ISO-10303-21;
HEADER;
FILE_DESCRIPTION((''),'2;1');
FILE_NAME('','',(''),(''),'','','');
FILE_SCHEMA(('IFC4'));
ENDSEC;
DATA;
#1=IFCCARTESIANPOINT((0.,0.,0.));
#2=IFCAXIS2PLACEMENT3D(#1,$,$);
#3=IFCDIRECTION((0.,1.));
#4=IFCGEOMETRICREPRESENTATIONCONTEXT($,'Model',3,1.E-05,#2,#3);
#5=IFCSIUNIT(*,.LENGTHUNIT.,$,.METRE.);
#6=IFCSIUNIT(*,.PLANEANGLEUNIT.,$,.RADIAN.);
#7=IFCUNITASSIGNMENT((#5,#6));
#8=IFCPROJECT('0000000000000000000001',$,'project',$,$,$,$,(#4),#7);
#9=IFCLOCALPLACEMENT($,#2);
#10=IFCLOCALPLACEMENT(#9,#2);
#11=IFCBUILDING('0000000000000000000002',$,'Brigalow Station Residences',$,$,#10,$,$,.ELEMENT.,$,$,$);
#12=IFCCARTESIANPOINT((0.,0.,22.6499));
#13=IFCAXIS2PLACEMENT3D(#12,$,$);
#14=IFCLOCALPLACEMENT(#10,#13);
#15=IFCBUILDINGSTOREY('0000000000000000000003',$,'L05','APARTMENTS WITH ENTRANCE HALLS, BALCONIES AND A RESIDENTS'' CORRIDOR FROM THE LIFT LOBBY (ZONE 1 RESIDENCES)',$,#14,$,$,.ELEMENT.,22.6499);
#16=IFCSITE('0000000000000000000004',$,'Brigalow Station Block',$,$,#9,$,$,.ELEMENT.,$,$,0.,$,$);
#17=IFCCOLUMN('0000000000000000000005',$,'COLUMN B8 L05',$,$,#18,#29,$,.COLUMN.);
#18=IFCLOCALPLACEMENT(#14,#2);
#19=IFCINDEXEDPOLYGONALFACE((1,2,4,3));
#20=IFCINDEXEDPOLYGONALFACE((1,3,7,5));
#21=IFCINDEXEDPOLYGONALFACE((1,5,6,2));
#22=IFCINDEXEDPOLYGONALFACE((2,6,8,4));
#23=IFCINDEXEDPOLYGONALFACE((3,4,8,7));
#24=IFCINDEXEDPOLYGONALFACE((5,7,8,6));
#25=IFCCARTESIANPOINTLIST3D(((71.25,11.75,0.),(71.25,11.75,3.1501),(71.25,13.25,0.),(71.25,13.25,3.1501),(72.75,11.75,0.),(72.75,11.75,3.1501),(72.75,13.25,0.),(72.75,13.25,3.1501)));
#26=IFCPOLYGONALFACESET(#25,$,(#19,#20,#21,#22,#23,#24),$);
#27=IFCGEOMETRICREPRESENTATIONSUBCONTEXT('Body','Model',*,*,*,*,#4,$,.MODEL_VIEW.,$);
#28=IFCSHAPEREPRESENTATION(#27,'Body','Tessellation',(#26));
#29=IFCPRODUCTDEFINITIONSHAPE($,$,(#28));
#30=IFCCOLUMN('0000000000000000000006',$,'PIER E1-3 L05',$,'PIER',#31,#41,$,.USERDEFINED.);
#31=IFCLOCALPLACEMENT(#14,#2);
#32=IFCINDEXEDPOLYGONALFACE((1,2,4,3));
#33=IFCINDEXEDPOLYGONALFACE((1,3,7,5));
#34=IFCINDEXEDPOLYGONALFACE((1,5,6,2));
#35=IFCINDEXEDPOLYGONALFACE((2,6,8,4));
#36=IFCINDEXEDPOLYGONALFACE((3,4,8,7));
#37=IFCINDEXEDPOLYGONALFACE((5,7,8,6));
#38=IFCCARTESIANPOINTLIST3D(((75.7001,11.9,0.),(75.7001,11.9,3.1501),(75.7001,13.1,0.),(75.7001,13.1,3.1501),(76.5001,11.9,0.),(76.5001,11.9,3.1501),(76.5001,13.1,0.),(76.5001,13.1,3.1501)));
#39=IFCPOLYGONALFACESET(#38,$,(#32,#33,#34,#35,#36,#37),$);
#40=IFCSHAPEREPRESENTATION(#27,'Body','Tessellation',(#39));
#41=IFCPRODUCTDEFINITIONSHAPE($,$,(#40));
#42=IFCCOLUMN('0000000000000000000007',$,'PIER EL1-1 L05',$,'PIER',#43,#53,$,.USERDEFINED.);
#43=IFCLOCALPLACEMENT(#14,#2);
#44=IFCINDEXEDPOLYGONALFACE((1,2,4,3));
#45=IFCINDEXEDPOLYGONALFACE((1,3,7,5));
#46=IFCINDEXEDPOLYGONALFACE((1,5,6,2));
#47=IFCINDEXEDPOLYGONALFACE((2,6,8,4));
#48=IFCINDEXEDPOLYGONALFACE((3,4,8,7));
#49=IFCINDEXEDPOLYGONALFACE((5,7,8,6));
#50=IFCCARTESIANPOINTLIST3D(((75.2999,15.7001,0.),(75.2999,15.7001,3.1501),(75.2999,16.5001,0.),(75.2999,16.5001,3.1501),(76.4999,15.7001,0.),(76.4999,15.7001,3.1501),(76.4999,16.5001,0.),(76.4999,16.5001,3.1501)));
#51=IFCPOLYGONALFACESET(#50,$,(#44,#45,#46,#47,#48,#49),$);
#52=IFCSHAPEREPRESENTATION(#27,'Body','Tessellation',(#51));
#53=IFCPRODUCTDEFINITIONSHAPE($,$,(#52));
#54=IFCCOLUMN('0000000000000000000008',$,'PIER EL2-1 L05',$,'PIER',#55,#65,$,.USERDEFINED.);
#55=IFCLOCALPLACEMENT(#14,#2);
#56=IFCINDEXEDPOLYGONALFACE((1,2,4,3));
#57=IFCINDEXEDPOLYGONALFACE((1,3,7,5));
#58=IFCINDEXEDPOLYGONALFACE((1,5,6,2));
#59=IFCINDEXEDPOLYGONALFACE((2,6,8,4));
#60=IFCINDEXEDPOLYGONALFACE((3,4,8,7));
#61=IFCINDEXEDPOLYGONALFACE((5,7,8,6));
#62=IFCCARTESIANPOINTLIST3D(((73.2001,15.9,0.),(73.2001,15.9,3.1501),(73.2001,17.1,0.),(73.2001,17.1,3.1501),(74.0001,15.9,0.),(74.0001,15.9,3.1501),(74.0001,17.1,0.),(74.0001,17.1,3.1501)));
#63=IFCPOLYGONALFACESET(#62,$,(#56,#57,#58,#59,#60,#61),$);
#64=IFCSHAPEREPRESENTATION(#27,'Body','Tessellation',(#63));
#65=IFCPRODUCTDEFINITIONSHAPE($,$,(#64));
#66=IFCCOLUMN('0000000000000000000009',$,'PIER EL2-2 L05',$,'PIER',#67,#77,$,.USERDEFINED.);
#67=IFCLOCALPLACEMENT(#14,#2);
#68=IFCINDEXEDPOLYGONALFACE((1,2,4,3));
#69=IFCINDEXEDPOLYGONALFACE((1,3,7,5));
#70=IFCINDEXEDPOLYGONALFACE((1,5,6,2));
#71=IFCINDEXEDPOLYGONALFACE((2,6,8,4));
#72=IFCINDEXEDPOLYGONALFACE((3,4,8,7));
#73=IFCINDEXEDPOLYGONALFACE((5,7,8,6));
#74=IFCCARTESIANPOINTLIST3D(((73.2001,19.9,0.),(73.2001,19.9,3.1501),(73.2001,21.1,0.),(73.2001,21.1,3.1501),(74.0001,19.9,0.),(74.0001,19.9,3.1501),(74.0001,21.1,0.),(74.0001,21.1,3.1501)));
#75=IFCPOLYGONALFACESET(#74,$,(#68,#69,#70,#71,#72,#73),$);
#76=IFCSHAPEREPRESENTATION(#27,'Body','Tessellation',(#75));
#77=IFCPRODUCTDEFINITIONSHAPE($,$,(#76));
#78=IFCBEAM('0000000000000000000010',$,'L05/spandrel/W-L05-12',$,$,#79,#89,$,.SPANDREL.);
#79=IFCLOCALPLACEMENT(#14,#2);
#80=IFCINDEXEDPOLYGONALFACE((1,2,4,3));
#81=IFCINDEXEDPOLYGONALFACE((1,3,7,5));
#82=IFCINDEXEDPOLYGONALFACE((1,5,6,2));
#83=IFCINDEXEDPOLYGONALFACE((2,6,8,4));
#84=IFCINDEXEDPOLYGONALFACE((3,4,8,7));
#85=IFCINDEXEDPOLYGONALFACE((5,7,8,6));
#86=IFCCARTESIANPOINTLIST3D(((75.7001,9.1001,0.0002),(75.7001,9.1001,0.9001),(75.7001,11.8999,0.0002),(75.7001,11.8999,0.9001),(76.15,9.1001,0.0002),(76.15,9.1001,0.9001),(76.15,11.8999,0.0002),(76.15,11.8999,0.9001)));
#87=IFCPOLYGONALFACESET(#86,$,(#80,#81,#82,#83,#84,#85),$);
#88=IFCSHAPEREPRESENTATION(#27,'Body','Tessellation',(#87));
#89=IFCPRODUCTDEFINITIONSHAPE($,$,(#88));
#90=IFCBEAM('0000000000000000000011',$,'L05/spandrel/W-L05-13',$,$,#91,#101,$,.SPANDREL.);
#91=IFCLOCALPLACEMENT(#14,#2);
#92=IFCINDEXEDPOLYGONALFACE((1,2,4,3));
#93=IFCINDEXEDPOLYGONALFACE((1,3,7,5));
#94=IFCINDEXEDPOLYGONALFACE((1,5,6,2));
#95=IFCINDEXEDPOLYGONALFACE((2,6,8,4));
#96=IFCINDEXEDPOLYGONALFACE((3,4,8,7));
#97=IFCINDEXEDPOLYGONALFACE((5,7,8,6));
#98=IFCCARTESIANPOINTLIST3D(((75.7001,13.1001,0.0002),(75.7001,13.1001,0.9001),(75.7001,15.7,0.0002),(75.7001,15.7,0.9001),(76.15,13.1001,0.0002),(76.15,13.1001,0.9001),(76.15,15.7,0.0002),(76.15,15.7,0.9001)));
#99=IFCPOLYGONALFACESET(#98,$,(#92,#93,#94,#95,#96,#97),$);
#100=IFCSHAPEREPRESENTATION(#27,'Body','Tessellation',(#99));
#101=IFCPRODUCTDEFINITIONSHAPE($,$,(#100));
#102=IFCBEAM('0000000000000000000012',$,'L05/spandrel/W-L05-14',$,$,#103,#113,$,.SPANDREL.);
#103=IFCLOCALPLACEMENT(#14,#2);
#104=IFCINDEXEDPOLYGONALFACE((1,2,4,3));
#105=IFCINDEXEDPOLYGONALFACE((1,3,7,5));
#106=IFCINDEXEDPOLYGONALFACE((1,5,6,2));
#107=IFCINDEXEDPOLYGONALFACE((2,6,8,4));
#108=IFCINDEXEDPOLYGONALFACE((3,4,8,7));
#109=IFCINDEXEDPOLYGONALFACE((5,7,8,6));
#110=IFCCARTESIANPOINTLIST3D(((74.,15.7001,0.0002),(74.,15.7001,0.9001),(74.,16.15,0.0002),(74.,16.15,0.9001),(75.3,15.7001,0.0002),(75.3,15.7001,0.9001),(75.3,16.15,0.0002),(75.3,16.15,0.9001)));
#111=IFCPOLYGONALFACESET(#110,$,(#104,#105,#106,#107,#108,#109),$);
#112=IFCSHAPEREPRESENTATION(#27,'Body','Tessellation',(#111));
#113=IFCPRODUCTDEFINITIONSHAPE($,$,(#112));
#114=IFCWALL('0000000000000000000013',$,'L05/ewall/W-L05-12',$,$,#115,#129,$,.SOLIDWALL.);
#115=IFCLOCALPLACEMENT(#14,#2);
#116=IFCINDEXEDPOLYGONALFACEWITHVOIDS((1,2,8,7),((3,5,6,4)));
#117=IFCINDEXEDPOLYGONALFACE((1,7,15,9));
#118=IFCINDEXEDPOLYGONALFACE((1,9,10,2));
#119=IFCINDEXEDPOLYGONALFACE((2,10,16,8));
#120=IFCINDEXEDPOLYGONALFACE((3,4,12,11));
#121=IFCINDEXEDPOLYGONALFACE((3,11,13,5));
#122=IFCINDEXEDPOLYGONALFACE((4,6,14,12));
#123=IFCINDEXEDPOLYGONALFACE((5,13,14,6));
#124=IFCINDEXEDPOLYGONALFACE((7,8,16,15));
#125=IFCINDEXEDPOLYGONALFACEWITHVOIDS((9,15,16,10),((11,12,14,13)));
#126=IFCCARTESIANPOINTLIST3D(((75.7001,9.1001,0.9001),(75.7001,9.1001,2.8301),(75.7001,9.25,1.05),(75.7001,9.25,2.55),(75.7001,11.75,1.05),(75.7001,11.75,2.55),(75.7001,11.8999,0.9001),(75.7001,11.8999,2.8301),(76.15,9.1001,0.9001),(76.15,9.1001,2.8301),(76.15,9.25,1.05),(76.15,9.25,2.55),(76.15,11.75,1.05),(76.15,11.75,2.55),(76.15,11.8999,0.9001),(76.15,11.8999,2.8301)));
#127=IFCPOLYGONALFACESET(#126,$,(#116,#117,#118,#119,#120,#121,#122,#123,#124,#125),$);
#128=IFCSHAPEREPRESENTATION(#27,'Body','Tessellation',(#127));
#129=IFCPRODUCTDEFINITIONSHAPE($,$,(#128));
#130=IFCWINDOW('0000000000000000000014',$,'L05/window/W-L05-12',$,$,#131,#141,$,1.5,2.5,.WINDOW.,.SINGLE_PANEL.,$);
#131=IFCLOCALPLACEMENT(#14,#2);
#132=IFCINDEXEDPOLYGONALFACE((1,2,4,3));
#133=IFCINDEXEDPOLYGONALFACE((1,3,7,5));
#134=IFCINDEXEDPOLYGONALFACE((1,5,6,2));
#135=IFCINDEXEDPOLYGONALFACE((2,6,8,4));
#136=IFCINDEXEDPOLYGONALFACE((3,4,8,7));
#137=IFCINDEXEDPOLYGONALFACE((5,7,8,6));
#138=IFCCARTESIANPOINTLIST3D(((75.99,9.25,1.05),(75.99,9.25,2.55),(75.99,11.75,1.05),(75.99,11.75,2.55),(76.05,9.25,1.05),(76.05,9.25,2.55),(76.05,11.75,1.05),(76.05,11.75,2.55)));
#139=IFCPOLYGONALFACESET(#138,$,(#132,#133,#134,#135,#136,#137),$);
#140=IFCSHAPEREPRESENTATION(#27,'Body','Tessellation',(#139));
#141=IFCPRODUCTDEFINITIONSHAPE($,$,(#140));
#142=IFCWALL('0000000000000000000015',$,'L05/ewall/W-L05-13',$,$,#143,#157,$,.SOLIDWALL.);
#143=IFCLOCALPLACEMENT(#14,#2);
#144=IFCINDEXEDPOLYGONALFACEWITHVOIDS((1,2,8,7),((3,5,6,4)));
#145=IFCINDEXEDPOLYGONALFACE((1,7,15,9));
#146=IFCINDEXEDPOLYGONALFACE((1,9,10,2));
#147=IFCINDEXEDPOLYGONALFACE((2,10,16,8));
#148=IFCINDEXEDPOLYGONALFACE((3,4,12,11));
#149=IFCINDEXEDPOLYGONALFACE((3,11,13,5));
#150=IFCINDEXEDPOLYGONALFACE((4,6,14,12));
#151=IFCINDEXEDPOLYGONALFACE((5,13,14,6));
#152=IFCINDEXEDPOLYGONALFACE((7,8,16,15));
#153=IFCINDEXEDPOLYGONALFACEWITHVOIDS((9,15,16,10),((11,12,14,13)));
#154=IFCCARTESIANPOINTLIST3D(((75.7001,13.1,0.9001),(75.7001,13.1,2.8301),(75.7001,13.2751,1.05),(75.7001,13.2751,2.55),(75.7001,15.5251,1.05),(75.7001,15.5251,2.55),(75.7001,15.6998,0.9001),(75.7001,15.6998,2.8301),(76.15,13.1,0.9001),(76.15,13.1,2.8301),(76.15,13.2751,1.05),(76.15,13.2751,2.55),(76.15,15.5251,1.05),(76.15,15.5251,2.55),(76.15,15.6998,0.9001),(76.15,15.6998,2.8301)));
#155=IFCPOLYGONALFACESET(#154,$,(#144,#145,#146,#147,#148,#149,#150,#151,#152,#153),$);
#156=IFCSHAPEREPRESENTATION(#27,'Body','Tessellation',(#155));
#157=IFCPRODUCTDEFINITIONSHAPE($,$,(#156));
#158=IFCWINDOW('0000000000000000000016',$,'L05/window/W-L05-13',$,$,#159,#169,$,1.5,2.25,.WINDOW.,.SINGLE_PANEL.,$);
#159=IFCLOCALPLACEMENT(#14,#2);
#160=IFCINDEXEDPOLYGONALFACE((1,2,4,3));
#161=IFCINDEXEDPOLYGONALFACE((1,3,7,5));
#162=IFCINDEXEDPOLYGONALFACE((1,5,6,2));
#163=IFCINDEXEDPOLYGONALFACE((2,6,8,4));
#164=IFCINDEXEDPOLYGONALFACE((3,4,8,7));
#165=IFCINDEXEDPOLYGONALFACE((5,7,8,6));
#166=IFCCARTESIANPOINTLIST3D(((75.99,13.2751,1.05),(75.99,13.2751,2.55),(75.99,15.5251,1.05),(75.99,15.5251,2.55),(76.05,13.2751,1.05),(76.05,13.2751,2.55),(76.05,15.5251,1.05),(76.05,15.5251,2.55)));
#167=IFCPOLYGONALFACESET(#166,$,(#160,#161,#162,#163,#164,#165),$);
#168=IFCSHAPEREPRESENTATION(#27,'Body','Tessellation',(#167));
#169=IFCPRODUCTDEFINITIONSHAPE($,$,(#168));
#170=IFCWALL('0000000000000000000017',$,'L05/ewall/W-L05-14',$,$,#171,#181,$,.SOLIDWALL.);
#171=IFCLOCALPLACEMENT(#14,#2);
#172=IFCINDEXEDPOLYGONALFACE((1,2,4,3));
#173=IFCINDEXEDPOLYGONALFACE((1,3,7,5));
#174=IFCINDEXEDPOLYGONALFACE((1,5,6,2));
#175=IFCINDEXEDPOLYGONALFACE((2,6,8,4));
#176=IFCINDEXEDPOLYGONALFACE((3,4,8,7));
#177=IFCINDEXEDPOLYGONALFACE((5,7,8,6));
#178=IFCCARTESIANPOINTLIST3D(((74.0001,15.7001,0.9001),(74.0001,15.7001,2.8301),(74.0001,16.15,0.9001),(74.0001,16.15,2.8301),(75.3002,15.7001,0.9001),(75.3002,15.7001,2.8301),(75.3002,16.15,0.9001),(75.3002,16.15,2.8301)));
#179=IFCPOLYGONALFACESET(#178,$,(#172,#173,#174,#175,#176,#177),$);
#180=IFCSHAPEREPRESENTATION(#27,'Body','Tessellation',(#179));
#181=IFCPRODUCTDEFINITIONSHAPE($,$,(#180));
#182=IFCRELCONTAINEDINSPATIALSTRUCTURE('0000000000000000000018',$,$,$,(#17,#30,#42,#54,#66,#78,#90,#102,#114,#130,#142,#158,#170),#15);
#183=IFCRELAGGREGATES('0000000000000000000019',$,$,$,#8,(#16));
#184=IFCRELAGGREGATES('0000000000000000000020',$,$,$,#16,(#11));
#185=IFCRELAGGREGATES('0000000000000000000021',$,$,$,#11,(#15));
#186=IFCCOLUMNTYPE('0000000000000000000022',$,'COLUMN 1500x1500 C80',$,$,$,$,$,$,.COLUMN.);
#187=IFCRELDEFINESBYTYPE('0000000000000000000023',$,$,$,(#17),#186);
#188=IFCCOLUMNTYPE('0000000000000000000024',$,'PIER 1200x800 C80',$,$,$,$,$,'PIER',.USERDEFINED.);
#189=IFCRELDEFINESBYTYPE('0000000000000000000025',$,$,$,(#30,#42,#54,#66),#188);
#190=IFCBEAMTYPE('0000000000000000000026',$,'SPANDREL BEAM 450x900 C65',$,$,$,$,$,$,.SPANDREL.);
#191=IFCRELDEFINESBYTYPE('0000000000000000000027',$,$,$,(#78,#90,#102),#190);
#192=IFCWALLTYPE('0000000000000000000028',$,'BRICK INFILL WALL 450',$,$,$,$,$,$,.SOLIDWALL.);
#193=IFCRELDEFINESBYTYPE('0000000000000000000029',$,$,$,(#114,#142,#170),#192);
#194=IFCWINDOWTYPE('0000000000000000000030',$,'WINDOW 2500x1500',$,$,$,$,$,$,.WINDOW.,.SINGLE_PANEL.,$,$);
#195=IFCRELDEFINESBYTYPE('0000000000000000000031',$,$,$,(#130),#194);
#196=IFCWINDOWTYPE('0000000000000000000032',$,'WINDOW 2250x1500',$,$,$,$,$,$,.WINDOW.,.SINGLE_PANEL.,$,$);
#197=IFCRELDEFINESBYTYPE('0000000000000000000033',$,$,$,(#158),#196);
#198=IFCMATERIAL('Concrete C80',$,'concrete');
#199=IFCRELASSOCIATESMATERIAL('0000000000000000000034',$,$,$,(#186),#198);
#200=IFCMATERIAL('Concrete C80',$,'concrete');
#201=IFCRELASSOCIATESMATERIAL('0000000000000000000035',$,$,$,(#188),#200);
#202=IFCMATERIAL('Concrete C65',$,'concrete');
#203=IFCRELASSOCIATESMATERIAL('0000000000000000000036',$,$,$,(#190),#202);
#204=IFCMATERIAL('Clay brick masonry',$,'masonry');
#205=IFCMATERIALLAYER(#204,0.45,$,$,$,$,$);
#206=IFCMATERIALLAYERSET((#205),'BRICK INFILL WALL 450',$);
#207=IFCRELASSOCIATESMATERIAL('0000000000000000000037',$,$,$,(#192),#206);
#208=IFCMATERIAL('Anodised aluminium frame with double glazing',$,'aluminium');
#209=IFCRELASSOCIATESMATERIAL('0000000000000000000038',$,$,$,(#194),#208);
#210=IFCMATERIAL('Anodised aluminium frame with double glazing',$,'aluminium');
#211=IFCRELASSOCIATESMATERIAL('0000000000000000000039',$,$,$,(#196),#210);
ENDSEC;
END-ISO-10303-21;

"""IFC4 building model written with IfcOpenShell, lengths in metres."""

from ifc_helpers import new_model, si_unit, direction, frame, frame_2d, origin, origin_2d, place, context, subcontext, project, spatial, rectangle, extrude, material, layer, layer_set, material_profile, profile_set, type_object, element, fill, save


model = new_model("IFC4")

# Units and contexts
model_context = context("Model", 3, precision=1e-05, world=origin(), true_north=direction((0.0, 1.0)))
body_context = subcontext(model_context, "Body", "Model", "MODEL_VIEW")
ifc_project = project(units=[si_unit("LENGTHUNIT", "METRE"), si_unit("PLANEANGLEUNIT", "RADIAN")], contexts=[model_context])

# Site, building, storey
site_placement = place(None, origin())
site = spatial("IfcSite", under=ifc_project, at=site_placement, Name="Brigalow Station Block", CompositionType="ELEMENT", RefElevation=0.0)
building_placement = place(site_placement, origin())
building = spatial("IfcBuilding", under=site, at=building_placement, Name="Brigalow Station Residences", CompositionType="ELEMENT")
storey_placement = place(building_placement, frame((0.0, 0.0, 22.6499)))
storey = spatial("IfcBuildingStorey", under=building, at=storey_placement, Name="L05", Description="APARTMENTS WITH ENTRANCE HALLS, BALCONIES AND A RESIDENTS' CORRIDOR FROM THE LIFT LOBBY (ZONE 1 RESIDENCES)", CompositionType="ELEMENT", Elevation=22.6499)

# Columns
ifc_material_1 = material(Name="Concrete C80", Category="concrete")
ifc_material_profile_1 = material_profile(ifc_material_1, rectangle(XDim=1.5, YDim=1.5, at=origin_2d()), Name="RC1500x1500")
ifc_profile_set_1 = profile_set([ifc_material_profile_1], Name="Concrete C80")
column_type_1 = type_object("IfcColumnType", Name="COLUMN 1500x1500 C80", PredefinedType="COLUMN", material=ifc_profile_set_1)
column_placement = place(storey_placement, frame((72.0, 12.5, 0.0), z_axis=(0.0, 0.0, 1.0), x_axis=(1.0, 0.0, 0.0)))
element("IfcColumn", 1, at=column_placement, inside=storey, type_object=column_type_1, Name="COLUMN B8 L05", PredefinedType="COLUMN", context=body_context, shape_type="SweptSolid", body=[
    extrude(rectangle(XDim=1.5, YDim=1.5, at=origin_2d()), origin(), (0.0, 0.0, 1.0), 3.1501),
])
ifc_material_2 = material(Name="Concrete C80", Category="concrete")
ifc_material_profile_2 = material_profile(ifc_material_2, rectangle(XDim=1.2, YDim=0.8, at=origin_2d()), Name="RC1200x800")
ifc_profile_set_2 = profile_set([ifc_material_profile_2], Name="Concrete C80")
column_type_2 = type_object("IfcColumnType", Name="PIER 1200x800 C80", ElementType="PIER", PredefinedType="USERDEFINED", material=ifc_profile_set_2)
for number, where, z_axis, x_axis, name in (
    (2, (76.1001, 12.5, 0.0), (0.0, 0.0, 1.0), (0.0, 1.0, 0.0), "PIER E1-3 L05"),
    (3, (75.8999, 16.1001, 0.0), (0.0, 0.0, 1.0), (-1.0, 0.0, 0.0), "PIER EL1-1 L05"),
    (4, (73.6001, 16.5, 0.0), (0.0, 0.0, 1.0), (0.0, 1.0, 0.0), "PIER EL2-1 L05"),
    (5, (73.6001, 20.5, 0.0), (0.0, 0.0, 1.0), (0.0, 1.0, 0.0), "PIER EL2-2 L05"),
):
    element("IfcColumn", number, at=place(storey_placement, frame(where, z_axis=z_axis, x_axis=x_axis)), inside=storey, type_object=column_type_2, Name=name, ObjectType="PIER", PredefinedType="USERDEFINED", context=body_context, shape_type="SweptSolid", body=[
        extrude(rectangle(XDim=1.2, YDim=0.8, at=origin_2d()), origin(), (0.0, 0.0, 1.0), 3.1501),
    ])

# Beams
ifc_material_3 = material(Name="Concrete C65", Category="concrete")
ifc_material_profile_3 = material_profile(ifc_material_3, rectangle(XDim=0.45, YDim=0.8999, at=origin_2d()), Name="RC450x900")
ifc_profile_set_3 = profile_set([ifc_material_profile_3], Name="Concrete C65")
beam_type = type_object("IfcBeamType", Name="SPANDREL BEAM 450x900 C65", PredefinedType="SPANDREL", material=ifc_profile_set_3)
beam_1_placement = place(storey_placement, frame((75.925, 9.1001, 0.4502), z_axis=(0.0, 1.0, 0.0), x_axis=(-1.0, 0.0, 0.0)))
element("IfcBeam", 6, at=beam_1_placement, inside=storey, type_object=beam_type, Name="L05/spandrel/W-L05-12", PredefinedType="SPANDREL", context=body_context, shape_type="SweptSolid", body=[
    extrude(rectangle(XDim=0.45, YDim=0.8999, at=origin_2d()), origin(), (0.0, 0.0, 1.0), 2.7998),
])
beam_2_placement = place(storey_placement, frame((75.925, 13.1001, 0.4502), z_axis=(0.0, 1.0, 0.0), x_axis=(-1.0, 0.0, 0.0)))
element("IfcBeam", 7, at=beam_2_placement, inside=storey, type_object=beam_type, Name="L05/spandrel/W-L05-13", PredefinedType="SPANDREL", context=body_context, shape_type="SweptSolid", body=[
    extrude(rectangle(XDim=0.45, YDim=0.8999, at=origin_2d()), origin(), (0.0, 0.0, 1.0), 2.5999),
])
beam_3_placement = place(storey_placement, frame((75.3, 15.925, 0.4502), z_axis=(-1.0, 0.0, 0.0), x_axis=(0.0, -1.0, 0.0)))
element("IfcBeam", 8, at=beam_3_placement, inside=storey, type_object=beam_type, Name="L05/spandrel/W-L05-14", PredefinedType="SPANDREL", context=body_context, shape_type="SweptSolid", body=[
    extrude(rectangle(XDim=0.45, YDim=0.8999, at=origin_2d()), origin(), (0.0, 0.0, 1.0), 1.3),
])

# Walls, openings, windows
ifc_material_4 = material(Name="Clay brick masonry", Category="masonry")
ifc_layer = layer(ifc_material_4, 0.45)
ifc_layer_set = layer_set([ifc_layer], Name="BRICK INFILL WALL 450")
wall_type = type_object("IfcWallType", Name="BRICK INFILL WALL 450", PredefinedType="SOLIDWALL", material=ifc_layer_set)
wall_1_placement = place(storey_placement, frame((75.925, 9.1001, 0.9001), z_axis=(0.0, 0.0, 1.0), x_axis=(0.0, 1.0, 0.0)))
wall_1 = element("IfcWall", 9, at=wall_1_placement, inside=storey, type_object=wall_type, Name="L05/ewall/W-L05-12", PredefinedType="SOLIDWALL", context=body_context, shape_type="SweptSolid", body=[
    extrude(rectangle(XDim=2.7998, YDim=0.45, at=frame_2d((1.3999, 0.0))), origin(), (0.0, 0.0, 1.0), 1.9299),
])
opening_1_placement = place(wall_1_placement, frame((0.1499, 0.0, 0.1499)))
opening_1 = element("IfcOpeningElement", 10, at=opening_1_placement, cuts=wall_1, PredefinedType="OPENING", context=body_context, shape_type="SweptSolid", body=[
    extrude(rectangle(XDim=2.5, YDim=1.5, at=frame_2d((1.25, 0.75))), frame((0.0, 0.2349, 0.0), z_axis=(0.0, -1.0, 0.0), x_axis=(1.0, 0.0, 0.0)), (0.0, 0.0, 1.0), 0.47),
])
ifc_material_5 = material(Name="Anodised aluminium frame with double glazing", Category="aluminium")
window_type_1 = type_object("IfcWindowType", Name="WINDOW 2500x1500", PartitioningType="SINGLE_PANEL", PredefinedType="WINDOW", material=ifc_material_5)
window_1_placement = place(opening_1_placement, origin())
window_1 = element("IfcWindow", 11, at=window_1_placement, inside=storey, type_object=window_type_1, Name="L05/window/W-L05-12", OverallHeight=1.5, OverallWidth=2.5, PartitioningType="SINGLE_PANEL", PredefinedType="WINDOW", context=body_context, shape_type="SweptSolid", body=[
    extrude(rectangle(XDim=2.5, YDim=1.5, at=frame_2d((1.25, 0.75))), frame((0.0, -0.0649, 0.0), z_axis=(0.0, -1.0, 0.0), x_axis=(1.0, 0.0, 0.0)), (0.0, 0.0, 1.0), 0.0601),
])
fill(opening_1, window_1)
wall_2_placement = place(storey_placement, frame((75.925, 13.1001, 0.9001), z_axis=(0.0, 0.0, 1.0), x_axis=(0.0, 1.0, 0.0)))
wall_2 = element("IfcWall", 12, at=wall_2_placement, inside=storey, type_object=wall_type, Name="L05/ewall/W-L05-13", PredefinedType="SOLIDWALL", context=body_context, shape_type="SweptSolid", body=[
    extrude(rectangle(XDim=2.5999, YDim=0.45, at=frame_2d((1.2998, 0.0))), origin(), (0.0, 0.0, 1.0), 1.9299),
])
opening_2_placement = place(wall_2_placement, frame((0.175, 0.0, 0.1499)))
opening_2 = element("IfcOpeningElement", 13, at=opening_2_placement, cuts=wall_2, PredefinedType="OPENING", context=body_context, shape_type="SweptSolid", body=[
    extrude(rectangle(XDim=2.25, YDim=1.5, at=frame_2d((1.125, 0.75))), frame((0.0, 0.2349, 0.0), z_axis=(0.0, -1.0, 0.0), x_axis=(1.0, 0.0, 0.0)), (0.0, 0.0, 1.0), 0.47),
])
ifc_material_6 = material(Name="Anodised aluminium frame with double glazing", Category="aluminium")
window_type_2 = type_object("IfcWindowType", Name="WINDOW 2250x1500", PartitioningType="SINGLE_PANEL", PredefinedType="WINDOW", material=ifc_material_6)
window_2_placement = place(opening_2_placement, origin())
window_2 = element("IfcWindow", 14, at=window_2_placement, inside=storey, type_object=window_type_2, Name="L05/window/W-L05-13", OverallHeight=1.5, OverallWidth=2.25, PartitioningType="SINGLE_PANEL", PredefinedType="WINDOW", context=body_context, shape_type="SweptSolid", body=[
    extrude(rectangle(XDim=2.25, YDim=1.5, at=frame_2d((1.125, 0.75))), frame((0.0, -0.0649, 0.0), z_axis=(0.0, -1.0, 0.0), x_axis=(1.0, 0.0, 0.0)), (0.0, 0.0, 1.0), 0.0601),
])
fill(opening_2, window_2)

# Wall
wall_3_placement = place(storey_placement, frame((75.3, 15.925, 0.9001), z_axis=(0.0, 0.0, 1.0), x_axis=(-1.0, 0.0, 0.0)))
element("IfcWall", 15, at=wall_3_placement, inside=storey, type_object=wall_type, Name="L05/ewall/W-L05-14", PredefinedType="SOLIDWALL", context=body_context, shape_type="SweptSolid", body=[
    extrude(rectangle(XDim=1.3, YDim=0.45, at=frame_2d((0.6499, 0.0))), origin(), (0.0, 0.0, 1.0), 1.9299),
])

save(model, "model.ifc")
